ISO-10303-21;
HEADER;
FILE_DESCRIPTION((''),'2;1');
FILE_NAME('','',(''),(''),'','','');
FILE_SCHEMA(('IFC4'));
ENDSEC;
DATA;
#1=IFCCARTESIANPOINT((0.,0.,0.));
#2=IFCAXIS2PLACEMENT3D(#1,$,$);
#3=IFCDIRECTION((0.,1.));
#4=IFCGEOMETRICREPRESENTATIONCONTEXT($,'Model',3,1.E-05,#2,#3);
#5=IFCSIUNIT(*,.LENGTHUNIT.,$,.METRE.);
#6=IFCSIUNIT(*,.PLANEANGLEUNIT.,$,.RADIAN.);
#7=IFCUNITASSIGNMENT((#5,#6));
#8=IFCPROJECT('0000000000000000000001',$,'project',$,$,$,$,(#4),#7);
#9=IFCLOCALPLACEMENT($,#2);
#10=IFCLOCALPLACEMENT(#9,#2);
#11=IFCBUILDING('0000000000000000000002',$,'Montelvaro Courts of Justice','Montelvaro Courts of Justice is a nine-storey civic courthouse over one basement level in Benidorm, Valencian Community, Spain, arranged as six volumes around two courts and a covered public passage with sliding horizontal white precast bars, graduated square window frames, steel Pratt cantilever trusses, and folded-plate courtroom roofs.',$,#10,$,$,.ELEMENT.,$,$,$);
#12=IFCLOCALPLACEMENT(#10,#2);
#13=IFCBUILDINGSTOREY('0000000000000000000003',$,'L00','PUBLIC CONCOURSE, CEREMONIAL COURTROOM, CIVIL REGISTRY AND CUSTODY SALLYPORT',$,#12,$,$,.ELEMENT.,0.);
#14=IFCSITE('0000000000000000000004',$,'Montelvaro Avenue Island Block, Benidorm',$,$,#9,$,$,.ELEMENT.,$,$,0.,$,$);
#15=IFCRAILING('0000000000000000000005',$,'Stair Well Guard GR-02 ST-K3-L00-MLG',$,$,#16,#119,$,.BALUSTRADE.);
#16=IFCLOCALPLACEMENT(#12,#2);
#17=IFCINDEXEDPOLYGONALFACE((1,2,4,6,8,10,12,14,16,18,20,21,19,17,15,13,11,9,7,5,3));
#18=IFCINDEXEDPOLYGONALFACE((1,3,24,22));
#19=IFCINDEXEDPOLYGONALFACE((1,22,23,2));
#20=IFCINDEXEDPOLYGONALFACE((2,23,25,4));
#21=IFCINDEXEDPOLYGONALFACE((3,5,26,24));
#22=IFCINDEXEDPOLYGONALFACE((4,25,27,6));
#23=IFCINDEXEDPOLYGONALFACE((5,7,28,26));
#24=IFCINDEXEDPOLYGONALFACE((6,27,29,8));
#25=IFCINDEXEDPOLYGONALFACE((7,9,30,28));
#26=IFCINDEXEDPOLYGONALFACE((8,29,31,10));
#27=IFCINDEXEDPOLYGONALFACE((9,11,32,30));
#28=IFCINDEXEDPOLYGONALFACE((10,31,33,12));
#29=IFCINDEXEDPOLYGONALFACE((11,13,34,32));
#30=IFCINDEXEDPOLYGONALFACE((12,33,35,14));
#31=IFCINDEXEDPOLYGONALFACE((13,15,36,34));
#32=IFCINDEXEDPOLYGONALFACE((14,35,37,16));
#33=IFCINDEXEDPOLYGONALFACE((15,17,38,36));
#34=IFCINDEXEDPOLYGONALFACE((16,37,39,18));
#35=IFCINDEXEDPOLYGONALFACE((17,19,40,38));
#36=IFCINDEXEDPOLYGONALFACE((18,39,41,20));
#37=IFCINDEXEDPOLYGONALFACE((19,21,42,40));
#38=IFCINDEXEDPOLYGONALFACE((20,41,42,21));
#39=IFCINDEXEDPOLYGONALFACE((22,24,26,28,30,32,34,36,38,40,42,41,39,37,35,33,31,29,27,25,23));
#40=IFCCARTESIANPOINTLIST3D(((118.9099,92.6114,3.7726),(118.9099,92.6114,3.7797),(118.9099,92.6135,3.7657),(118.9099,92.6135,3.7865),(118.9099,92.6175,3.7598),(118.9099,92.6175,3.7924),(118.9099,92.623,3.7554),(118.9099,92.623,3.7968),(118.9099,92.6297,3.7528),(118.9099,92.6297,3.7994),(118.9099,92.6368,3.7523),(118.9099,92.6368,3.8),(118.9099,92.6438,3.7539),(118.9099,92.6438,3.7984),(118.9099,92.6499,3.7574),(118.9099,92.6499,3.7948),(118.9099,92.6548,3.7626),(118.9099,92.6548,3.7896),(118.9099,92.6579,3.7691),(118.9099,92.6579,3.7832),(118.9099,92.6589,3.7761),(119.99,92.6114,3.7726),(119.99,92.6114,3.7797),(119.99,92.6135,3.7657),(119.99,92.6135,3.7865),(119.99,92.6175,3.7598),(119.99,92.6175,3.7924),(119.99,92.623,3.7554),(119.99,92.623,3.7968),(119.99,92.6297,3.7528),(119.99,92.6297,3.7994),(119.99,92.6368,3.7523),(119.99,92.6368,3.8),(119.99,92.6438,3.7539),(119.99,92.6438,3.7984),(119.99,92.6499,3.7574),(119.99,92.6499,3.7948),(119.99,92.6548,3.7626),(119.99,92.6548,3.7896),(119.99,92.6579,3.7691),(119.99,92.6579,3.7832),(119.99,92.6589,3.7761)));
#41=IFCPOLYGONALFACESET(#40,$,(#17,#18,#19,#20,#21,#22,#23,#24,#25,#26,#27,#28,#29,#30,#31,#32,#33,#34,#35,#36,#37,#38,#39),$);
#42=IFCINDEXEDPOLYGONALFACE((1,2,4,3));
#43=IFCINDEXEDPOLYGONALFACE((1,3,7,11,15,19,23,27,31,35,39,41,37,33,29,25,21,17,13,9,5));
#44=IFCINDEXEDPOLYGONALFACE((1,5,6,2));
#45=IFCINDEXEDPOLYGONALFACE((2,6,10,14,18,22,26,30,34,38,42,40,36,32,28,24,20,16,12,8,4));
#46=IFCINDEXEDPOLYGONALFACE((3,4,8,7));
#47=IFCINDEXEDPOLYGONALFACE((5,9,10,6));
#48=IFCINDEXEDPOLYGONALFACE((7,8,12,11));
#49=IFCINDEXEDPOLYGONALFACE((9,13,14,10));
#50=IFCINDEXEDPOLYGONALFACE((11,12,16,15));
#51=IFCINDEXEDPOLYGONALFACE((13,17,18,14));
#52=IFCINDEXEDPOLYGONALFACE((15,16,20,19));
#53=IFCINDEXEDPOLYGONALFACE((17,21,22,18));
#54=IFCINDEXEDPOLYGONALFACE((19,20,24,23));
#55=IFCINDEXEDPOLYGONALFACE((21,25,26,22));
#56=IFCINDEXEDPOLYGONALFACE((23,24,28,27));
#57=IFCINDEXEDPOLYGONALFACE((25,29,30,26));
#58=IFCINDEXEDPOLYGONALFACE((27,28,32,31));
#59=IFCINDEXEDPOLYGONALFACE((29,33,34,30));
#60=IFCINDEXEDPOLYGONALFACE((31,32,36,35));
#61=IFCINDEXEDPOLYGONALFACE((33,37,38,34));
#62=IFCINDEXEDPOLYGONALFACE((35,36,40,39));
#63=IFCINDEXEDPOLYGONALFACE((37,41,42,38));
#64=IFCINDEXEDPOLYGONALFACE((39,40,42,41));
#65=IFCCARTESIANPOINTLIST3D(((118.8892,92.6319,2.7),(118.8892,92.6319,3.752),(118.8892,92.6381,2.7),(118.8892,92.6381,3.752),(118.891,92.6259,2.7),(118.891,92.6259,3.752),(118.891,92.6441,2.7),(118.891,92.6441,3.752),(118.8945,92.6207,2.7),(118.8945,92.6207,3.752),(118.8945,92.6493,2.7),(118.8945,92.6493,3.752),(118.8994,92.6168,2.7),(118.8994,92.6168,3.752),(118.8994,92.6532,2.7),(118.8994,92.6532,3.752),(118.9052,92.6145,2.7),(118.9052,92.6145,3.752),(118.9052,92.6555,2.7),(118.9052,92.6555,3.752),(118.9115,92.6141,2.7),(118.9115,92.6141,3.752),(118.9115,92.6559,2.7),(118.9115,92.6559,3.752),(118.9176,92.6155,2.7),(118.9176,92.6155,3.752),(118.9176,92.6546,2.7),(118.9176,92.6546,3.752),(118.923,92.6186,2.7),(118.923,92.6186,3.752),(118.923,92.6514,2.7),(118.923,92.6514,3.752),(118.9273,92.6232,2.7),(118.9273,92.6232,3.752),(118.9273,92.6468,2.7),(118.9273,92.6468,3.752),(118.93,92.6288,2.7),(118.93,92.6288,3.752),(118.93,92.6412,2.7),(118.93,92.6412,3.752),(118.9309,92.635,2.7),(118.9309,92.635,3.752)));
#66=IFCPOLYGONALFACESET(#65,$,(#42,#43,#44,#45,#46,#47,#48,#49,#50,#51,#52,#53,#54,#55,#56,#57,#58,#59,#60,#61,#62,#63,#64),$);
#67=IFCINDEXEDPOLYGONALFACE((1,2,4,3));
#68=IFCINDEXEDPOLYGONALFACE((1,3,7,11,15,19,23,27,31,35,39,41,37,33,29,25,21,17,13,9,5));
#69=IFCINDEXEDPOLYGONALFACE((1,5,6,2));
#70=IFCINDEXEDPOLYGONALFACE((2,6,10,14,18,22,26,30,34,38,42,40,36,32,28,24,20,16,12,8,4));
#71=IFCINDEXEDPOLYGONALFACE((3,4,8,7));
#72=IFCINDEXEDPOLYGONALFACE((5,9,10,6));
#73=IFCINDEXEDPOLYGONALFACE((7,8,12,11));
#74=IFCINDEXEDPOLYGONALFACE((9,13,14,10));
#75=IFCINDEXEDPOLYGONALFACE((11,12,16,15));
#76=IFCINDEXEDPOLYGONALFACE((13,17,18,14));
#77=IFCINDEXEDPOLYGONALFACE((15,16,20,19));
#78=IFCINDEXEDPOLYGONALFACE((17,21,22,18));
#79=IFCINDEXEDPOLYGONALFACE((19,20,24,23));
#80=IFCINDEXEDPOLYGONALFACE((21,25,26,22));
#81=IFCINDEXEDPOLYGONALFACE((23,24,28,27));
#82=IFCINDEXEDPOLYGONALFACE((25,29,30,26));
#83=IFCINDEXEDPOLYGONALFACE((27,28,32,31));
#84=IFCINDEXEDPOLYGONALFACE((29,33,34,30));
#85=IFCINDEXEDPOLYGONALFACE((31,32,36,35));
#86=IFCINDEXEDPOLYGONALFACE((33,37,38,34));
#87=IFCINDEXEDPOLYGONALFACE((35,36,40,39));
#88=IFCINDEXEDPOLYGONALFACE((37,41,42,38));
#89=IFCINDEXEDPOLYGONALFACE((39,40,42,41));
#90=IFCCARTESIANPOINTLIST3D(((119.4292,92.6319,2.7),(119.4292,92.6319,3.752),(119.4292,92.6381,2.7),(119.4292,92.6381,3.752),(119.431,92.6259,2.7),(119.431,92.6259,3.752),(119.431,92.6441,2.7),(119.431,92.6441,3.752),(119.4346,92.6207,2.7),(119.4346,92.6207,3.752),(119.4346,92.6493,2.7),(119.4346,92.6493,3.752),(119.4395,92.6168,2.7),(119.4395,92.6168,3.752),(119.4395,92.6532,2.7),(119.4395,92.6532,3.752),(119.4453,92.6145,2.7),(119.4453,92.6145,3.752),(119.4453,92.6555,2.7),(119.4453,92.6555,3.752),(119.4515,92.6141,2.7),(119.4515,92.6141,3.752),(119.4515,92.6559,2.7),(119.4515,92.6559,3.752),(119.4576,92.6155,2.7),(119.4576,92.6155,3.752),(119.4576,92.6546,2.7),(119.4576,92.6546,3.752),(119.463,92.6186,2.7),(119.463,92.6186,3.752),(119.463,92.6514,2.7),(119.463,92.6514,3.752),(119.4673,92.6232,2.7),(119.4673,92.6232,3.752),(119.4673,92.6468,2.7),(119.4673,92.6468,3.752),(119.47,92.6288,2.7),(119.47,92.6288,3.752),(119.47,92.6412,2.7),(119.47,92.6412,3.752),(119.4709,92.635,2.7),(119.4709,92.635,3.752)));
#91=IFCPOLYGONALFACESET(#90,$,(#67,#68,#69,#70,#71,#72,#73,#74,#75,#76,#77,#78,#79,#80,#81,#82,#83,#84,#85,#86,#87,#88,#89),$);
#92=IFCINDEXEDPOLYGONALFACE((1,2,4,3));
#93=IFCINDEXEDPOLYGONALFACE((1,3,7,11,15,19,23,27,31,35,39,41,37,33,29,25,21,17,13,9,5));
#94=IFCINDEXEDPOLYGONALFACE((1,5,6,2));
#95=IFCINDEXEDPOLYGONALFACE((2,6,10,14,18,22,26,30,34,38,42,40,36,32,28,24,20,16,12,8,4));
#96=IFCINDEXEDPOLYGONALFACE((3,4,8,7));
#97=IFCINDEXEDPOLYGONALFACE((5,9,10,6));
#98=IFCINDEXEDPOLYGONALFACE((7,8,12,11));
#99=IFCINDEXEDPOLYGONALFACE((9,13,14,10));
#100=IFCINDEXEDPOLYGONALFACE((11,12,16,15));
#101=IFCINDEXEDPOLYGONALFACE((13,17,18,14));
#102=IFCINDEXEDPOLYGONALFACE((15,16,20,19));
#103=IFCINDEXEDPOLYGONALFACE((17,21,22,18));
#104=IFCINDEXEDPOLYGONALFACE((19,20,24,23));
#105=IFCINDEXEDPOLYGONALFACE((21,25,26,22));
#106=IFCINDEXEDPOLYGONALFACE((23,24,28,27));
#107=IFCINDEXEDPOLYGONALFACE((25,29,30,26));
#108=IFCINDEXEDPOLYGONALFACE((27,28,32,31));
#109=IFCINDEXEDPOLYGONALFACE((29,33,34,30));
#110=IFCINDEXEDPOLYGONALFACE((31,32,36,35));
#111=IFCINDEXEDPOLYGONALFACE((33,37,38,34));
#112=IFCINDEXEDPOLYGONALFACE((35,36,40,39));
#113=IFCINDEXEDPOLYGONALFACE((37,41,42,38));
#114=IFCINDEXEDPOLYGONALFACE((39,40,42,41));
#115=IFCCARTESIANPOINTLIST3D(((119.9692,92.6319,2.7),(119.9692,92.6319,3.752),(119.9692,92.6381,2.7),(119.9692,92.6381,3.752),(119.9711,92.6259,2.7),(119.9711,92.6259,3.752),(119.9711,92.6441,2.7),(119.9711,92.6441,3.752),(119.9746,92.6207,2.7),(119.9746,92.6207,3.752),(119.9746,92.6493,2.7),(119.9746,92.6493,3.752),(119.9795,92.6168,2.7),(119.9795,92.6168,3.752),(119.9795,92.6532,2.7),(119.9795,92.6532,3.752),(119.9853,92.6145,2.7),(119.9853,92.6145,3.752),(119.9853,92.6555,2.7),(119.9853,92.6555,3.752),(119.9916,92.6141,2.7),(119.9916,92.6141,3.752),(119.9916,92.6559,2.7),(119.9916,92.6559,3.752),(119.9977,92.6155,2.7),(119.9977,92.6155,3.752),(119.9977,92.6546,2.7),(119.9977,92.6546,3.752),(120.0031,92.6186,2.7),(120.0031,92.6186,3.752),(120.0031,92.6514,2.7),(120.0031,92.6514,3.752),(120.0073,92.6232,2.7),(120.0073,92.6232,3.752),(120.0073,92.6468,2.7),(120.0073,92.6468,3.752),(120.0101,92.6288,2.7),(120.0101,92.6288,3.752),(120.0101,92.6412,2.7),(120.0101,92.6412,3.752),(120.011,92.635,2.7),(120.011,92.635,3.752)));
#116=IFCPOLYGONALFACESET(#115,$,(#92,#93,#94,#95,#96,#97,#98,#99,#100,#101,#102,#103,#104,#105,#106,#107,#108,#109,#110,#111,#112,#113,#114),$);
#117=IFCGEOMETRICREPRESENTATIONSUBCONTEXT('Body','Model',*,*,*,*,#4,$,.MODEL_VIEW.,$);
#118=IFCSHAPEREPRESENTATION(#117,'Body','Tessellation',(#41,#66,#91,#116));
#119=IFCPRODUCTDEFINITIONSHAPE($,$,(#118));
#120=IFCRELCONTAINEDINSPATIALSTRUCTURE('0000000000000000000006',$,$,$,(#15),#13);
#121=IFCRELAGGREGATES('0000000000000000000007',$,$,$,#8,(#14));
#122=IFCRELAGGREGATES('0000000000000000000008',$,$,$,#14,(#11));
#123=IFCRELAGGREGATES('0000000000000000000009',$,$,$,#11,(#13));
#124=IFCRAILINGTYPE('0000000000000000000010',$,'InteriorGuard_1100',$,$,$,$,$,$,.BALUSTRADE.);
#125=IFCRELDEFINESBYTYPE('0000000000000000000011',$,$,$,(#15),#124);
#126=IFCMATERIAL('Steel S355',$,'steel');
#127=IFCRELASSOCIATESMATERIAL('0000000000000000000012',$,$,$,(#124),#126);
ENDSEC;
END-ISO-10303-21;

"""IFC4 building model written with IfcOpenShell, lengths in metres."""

from ifc_helpers import new_model, si_unit, direction, frame, origin, origin_2d, place, context, subcontext, project, spatial, circle, extrude, material, type_object, element, save


model = new_model("IFC4")

# Units and contexts
model_context = context("Model", 3, precision=1e-05, world=origin(), true_north=direction((0.0, 1.0)))
body_context = subcontext(model_context, "Body", "Model", "MODEL_VIEW")
ifc_project = project(units=[si_unit("LENGTHUNIT", "METRE"), si_unit("PLANEANGLEUNIT", "RADIAN")], contexts=[model_context])

# Site, building, storey
site_placement = place(None, origin())
site = spatial("IfcSite", under=ifc_project, at=site_placement, Name="Montelvaro Avenue Island Block, Benidorm", CompositionType="ELEMENT", RefElevation=0.0)
building_placement = place(site_placement, origin())
building = spatial("IfcBuilding", under=site, at=building_placement, Name="Montelvaro Courts of Justice", Description="Montelvaro Courts of Justice is a nine-storey civic courthouse over one basement level in Benidorm, Valencian Community, Spain, arranged as six volumes around two courts and a covered public passage with sliding horizontal white precast bars, graduated square window frames, steel Pratt cantilever trusses, and folded-plate courtroom roofs.", CompositionType="ELEMENT")
storey_placement = place(building_placement, origin())
storey = spatial("IfcBuildingStorey", under=building, at=storey_placement, Name="L00", Description="PUBLIC CONCOURSE, CEREMONIAL COURTROOM, CIVIL REGISTRY AND CUSTODY SALLYPORT", CompositionType="ELEMENT", Elevation=0.0)

# Shared definitions
ifc_material_1 = material(Name="Steel S355", Category="steel")

# Railing
railing_type_1 = type_object("IfcRailingType", Name="InteriorGuard_1100", PredefinedType="BALUSTRADE", material=ifc_material_1)
railing_1_placement = place(storey_placement, frame((118.9099, 92.635, 2.7)))
element("IfcRailing", 1, at=railing_1_placement, inside=storey, type_object=railing_type_1, Name="Stair Well Guard GR-02 ST-K3-L00-MLG", PredefinedType="BALUSTRADE", context=body_context, shape_type="SweptSolid", body=[
    extrude(circle(Radius=0.0239, at=origin_2d()), frame((0.0, 0.0, 1.0762), z_axis=(1.0, 0.0, 0.0), x_axis=(0.0, 1.0, 0.0)), (0.0, 0.0, 1.0), 1.0801),
    extrude(circle(Radius=0.021, at=origin_2d()), origin(), (0.0, 0.0, 1.0), 1.052),
    extrude(circle(Radius=0.021, at=origin_2d()), frame((0.54, 0.0, 0.0)), (0.0, 0.0, 1.0), 1.052),
    extrude(circle(Radius=0.021, at=origin_2d()), frame((1.0801, 0.0, 0.0)), (0.0, 0.0, 1.0), 1.052),
])

save(model, "model.ifc")
